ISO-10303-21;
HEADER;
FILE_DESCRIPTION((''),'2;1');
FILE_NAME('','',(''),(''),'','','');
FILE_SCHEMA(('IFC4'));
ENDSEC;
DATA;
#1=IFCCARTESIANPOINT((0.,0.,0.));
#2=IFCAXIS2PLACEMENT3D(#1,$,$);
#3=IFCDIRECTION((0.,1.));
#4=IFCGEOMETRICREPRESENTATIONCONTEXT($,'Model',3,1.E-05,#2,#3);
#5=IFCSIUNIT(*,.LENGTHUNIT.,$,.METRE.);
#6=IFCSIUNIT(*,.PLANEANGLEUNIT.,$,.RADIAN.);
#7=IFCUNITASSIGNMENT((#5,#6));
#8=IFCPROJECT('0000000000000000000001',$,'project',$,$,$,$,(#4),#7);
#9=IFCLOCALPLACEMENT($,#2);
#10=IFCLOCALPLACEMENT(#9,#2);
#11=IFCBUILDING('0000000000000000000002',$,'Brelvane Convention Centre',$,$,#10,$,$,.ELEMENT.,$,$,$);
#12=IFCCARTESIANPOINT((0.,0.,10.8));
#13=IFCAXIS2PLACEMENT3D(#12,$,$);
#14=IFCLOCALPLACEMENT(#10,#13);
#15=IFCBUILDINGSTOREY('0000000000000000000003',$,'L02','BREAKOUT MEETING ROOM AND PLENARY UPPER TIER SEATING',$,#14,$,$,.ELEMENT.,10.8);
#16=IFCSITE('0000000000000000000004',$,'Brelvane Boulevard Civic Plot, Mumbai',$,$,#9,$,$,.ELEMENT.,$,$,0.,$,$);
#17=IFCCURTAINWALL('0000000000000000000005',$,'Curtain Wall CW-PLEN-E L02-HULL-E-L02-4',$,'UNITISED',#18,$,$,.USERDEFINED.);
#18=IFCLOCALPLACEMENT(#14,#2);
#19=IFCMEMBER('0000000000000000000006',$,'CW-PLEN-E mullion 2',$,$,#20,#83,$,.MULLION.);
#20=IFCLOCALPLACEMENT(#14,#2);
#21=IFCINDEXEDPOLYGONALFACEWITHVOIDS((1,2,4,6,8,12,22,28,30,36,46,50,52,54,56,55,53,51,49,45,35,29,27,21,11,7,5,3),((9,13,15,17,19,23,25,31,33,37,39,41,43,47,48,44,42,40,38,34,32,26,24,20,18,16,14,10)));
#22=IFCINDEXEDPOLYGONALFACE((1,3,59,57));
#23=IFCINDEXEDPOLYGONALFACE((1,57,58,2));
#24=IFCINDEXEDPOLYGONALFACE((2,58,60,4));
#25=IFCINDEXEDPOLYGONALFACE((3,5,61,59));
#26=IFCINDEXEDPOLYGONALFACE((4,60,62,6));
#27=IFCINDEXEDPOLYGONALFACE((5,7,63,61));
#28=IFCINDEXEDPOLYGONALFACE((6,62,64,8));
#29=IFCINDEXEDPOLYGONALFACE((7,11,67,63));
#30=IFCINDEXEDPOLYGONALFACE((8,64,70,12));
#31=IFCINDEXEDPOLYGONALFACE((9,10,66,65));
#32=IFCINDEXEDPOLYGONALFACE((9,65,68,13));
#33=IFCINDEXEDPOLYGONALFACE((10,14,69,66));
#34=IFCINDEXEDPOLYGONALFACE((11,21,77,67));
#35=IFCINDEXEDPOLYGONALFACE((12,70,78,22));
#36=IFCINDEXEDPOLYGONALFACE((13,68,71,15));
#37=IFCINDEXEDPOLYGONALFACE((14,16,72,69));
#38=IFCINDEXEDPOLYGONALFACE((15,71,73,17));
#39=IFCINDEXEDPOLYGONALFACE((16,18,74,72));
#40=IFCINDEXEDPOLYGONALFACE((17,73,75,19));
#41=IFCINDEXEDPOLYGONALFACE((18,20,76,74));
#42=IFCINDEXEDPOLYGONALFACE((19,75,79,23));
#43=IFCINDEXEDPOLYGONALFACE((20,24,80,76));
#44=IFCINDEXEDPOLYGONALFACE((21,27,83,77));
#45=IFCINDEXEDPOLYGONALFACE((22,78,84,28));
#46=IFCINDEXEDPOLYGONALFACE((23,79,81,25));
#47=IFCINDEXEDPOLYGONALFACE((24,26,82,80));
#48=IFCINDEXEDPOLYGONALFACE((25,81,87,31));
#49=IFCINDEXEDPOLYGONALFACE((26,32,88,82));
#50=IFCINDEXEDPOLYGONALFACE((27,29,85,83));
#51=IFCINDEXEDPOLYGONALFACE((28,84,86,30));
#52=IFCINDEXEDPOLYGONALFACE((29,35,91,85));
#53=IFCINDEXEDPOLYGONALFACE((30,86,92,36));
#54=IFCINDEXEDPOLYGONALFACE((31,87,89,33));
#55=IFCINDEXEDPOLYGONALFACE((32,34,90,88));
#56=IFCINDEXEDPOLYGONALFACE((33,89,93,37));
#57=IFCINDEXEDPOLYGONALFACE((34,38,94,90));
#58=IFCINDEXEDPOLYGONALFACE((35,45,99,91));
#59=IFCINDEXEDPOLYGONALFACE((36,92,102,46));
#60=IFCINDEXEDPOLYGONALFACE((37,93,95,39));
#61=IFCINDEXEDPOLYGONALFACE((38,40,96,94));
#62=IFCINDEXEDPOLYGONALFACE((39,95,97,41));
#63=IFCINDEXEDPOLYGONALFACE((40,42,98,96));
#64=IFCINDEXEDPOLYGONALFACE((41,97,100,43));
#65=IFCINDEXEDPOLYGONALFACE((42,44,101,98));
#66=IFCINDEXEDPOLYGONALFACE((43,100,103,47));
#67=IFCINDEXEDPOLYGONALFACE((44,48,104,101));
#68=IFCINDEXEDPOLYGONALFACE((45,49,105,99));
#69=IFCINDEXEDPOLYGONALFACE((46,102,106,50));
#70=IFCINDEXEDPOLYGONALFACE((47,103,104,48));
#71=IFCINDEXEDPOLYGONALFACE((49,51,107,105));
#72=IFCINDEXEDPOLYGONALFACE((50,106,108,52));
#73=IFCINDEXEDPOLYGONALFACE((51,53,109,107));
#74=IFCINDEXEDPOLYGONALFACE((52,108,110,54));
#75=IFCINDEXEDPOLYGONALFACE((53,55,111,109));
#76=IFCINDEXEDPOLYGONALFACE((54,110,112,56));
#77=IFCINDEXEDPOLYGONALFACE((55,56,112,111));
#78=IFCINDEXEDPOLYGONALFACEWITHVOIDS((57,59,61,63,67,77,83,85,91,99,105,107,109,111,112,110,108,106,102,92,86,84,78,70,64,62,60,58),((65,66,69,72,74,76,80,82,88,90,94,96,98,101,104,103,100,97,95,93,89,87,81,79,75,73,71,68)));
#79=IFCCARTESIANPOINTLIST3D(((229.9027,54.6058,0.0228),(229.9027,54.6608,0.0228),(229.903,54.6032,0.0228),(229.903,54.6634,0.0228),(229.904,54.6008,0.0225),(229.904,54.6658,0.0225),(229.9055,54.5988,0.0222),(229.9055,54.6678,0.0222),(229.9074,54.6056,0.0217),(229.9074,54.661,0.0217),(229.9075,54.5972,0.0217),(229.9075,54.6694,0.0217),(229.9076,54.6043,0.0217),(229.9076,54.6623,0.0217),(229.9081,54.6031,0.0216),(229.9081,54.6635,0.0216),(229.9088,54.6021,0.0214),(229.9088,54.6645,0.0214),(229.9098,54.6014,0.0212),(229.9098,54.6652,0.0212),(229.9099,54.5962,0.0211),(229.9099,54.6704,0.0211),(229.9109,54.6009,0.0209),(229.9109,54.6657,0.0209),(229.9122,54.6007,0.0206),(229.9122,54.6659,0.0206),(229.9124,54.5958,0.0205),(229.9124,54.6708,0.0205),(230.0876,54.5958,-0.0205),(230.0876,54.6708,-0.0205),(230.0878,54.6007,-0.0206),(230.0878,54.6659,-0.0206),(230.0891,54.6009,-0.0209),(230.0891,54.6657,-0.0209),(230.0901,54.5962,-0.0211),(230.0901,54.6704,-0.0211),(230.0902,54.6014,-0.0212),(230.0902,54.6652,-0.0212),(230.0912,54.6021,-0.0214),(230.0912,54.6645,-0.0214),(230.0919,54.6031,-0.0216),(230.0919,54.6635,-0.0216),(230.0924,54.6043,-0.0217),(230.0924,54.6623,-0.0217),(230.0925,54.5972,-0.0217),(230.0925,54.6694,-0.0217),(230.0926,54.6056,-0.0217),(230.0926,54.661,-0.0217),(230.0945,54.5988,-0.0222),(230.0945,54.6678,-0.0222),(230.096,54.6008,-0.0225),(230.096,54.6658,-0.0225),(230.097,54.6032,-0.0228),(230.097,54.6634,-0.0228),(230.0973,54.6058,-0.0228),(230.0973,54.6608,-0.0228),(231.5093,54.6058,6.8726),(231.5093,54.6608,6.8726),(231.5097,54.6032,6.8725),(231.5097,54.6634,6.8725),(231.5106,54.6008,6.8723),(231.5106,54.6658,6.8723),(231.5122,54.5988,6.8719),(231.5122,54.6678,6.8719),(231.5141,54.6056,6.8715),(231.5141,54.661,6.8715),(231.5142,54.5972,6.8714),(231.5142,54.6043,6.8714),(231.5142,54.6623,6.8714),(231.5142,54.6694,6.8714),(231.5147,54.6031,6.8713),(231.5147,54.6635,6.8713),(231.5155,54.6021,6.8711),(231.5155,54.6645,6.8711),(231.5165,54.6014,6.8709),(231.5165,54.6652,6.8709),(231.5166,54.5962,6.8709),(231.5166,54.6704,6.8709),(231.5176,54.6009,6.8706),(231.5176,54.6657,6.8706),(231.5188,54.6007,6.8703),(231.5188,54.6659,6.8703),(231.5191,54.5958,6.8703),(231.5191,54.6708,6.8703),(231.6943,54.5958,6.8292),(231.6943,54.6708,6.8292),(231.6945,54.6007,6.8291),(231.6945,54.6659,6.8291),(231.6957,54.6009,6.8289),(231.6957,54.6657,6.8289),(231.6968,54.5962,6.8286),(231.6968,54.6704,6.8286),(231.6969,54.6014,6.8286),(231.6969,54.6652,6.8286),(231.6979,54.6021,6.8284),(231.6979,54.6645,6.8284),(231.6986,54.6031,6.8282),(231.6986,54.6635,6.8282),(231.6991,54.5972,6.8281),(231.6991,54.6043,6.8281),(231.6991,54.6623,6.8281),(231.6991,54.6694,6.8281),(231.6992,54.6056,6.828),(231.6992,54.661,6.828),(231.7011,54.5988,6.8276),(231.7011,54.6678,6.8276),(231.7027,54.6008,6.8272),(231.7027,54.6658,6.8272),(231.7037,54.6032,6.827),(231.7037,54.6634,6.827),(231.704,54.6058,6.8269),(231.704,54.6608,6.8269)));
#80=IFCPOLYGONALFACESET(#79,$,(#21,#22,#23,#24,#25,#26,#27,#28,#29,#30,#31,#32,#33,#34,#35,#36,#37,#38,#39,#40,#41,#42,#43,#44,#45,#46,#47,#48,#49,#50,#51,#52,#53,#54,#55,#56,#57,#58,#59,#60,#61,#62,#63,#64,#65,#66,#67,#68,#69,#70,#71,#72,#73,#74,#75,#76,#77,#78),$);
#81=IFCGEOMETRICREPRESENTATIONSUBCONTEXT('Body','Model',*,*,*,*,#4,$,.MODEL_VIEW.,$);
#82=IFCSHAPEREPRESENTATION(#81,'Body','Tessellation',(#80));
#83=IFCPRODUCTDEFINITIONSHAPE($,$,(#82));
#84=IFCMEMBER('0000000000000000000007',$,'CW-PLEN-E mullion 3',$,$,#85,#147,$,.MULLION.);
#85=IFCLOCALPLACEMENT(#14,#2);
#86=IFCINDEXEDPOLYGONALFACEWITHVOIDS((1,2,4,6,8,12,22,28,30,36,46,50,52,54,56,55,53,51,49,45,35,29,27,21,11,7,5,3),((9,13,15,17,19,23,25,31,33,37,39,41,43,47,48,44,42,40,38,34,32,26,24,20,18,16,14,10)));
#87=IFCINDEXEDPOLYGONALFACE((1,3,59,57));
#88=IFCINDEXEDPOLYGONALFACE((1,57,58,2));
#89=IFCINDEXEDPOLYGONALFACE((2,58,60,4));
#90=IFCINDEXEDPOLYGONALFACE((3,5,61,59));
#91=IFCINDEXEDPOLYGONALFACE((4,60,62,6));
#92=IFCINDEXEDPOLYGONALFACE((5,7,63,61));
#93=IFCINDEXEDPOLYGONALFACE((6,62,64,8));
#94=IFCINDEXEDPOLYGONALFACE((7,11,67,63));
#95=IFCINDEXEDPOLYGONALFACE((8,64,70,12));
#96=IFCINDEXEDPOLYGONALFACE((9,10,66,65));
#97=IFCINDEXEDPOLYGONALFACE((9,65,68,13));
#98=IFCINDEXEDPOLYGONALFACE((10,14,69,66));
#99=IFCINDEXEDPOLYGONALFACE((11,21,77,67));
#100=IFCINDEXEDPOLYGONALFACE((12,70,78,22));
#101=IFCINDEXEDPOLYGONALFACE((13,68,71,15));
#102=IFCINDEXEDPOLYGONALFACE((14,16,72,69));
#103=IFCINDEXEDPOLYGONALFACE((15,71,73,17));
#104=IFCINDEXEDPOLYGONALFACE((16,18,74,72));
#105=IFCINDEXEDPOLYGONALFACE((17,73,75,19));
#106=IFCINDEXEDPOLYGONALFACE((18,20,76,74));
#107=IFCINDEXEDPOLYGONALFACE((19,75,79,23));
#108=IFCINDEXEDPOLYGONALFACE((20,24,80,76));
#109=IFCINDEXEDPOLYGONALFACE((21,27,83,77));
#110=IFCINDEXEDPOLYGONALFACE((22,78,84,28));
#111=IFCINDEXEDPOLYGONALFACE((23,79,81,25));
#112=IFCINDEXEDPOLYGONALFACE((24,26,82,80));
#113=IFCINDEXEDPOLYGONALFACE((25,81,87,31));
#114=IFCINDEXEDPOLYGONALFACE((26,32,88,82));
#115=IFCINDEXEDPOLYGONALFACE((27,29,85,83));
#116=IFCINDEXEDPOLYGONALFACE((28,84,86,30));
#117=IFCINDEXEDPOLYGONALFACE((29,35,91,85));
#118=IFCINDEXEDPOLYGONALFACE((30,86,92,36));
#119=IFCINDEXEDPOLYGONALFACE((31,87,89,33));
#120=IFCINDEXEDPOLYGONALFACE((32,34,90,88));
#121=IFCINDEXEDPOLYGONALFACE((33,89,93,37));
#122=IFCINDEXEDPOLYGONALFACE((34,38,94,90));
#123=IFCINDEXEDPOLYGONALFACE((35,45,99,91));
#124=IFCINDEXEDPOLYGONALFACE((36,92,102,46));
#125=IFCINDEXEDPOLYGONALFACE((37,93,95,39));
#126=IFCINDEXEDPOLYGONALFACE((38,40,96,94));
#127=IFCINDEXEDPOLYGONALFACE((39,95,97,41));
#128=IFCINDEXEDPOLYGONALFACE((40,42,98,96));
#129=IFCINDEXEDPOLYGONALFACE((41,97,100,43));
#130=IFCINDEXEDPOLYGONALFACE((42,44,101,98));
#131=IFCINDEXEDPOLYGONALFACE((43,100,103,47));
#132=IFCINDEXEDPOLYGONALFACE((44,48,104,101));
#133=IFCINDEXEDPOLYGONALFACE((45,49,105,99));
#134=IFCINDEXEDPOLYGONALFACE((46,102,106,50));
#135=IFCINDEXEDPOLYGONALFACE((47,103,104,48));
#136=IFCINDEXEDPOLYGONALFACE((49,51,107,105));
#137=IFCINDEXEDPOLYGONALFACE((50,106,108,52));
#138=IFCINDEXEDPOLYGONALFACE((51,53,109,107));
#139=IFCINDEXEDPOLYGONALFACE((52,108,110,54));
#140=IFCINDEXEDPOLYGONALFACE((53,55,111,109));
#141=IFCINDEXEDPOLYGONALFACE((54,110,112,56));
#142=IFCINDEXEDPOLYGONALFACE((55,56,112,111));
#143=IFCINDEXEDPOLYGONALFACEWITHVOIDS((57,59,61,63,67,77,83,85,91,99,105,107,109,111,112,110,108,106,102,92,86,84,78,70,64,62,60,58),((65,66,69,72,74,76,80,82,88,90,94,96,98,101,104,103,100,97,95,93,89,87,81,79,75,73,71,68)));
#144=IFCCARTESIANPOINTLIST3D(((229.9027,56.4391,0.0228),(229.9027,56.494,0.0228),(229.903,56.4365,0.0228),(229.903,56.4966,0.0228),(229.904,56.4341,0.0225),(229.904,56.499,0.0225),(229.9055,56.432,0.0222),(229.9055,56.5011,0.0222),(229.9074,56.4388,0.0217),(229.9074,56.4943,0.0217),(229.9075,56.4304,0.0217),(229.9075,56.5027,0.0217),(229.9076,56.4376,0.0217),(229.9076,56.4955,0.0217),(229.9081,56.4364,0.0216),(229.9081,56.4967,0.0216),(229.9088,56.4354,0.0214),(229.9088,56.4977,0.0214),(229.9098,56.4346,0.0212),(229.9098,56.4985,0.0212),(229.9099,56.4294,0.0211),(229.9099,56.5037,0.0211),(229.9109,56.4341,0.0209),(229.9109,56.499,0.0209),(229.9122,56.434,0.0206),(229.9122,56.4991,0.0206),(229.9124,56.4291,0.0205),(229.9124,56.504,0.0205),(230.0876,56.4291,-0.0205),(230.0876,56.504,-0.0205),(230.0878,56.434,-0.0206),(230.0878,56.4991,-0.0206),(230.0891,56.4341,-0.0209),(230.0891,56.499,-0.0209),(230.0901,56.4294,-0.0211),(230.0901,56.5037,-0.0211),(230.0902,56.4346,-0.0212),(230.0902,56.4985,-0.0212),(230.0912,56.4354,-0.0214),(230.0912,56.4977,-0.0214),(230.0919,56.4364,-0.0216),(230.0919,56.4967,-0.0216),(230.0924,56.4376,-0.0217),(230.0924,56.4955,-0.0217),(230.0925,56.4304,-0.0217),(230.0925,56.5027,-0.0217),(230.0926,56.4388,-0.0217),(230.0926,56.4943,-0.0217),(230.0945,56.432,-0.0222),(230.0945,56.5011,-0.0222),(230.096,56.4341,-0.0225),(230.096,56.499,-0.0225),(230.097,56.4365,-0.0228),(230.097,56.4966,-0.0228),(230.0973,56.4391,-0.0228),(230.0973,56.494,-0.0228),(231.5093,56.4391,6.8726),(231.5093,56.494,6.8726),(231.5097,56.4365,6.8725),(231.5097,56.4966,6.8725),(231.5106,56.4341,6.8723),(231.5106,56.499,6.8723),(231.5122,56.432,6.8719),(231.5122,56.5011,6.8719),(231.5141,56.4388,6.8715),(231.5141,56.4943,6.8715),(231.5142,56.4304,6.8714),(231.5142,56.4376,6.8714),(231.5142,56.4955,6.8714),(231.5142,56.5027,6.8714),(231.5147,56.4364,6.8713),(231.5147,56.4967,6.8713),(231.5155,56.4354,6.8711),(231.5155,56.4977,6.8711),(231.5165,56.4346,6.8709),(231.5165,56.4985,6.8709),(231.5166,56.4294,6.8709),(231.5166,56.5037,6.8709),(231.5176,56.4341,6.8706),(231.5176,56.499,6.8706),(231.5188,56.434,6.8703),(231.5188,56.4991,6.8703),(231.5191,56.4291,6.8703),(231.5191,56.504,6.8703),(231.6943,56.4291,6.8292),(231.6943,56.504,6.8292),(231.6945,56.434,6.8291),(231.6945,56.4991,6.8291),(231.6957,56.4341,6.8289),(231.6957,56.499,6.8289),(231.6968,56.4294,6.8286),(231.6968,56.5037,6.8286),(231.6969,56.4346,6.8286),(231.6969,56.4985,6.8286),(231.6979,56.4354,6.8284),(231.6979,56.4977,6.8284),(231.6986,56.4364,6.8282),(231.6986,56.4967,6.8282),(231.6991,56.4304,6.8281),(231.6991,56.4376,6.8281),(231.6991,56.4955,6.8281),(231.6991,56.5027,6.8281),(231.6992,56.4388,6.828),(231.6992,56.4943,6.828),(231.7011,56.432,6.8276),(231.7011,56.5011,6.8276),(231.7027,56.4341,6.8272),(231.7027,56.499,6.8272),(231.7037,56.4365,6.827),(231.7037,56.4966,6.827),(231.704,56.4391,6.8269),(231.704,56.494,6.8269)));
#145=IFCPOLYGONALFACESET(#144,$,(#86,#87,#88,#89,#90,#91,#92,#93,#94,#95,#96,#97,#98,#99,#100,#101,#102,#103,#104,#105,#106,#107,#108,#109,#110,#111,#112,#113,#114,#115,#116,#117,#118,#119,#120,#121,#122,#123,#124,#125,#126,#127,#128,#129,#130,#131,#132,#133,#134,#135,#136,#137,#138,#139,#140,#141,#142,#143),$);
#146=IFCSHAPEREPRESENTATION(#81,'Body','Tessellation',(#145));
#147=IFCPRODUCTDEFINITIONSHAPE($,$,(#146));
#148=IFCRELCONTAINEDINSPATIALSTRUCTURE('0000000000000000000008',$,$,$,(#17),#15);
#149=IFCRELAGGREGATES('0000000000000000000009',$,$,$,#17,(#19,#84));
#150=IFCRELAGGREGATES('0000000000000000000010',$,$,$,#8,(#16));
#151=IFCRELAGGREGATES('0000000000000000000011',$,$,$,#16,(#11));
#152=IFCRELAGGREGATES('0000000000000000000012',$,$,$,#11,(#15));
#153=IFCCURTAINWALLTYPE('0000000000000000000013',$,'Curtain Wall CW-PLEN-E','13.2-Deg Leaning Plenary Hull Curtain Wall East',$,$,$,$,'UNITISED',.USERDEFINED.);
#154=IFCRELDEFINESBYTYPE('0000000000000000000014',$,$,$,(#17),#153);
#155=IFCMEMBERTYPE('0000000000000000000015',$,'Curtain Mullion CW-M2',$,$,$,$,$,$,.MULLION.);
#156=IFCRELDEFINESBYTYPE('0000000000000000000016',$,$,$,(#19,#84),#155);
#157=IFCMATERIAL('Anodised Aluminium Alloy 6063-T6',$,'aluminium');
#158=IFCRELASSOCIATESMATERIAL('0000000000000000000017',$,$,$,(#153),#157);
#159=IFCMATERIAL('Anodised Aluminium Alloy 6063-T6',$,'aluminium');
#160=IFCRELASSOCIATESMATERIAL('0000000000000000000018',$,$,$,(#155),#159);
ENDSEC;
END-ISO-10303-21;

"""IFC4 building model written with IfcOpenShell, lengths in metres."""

from ifc_helpers import new_model, si_unit, direction, frame, origin, origin_2d, place, context, subcontext, project, spatial, hollow_rectangle, extrude, material, material_profile, profile_set, type_object, element, aggregate, save


model = new_model("IFC4")

# Units and contexts
model_context = context("Model", 3, precision=1e-05, world=origin(), true_north=direction((0.0, 1.0)))
body_context = subcontext(model_context, "Body", "Model", "MODEL_VIEW")
ifc_project = project(units=[si_unit("LENGTHUNIT", "METRE"), si_unit("PLANEANGLEUNIT", "RADIAN")], contexts=[model_context])

# Site, building, storey
site_placement = place(None, origin())
site = spatial("IfcSite", under=ifc_project, at=site_placement, Name="Brelvane Boulevard Civic Plot, Mumbai", CompositionType="ELEMENT", RefElevation=0.0)
building_placement = place(site_placement, origin())
building = spatial("IfcBuilding", under=site, at=building_placement, Name="Brelvane Convention Centre", CompositionType="ELEMENT")
storey_placement = place(building_placement, frame((0.0, 0.0, 10.8)))
storey = spatial("IfcBuildingStorey", under=building, at=storey_placement, Name="L02", Description="BREAKOUT MEETING ROOM AND PLENARY UPPER TIER SEATING", CompositionType="ELEMENT", Elevation=10.8)

# Curtain wall, members
ifc_material_1 = material(Name="Anodised Aluminium Alloy 6063-T6", Category="aluminium")
curtain_wall_type = type_object("IfcCurtainWallType", Name="Curtain Wall CW-PLEN-E", Description="13.2-Deg Leaning Plenary Hull Curtain Wall East", ElementType="UNITISED", PredefinedType="USERDEFINED", material=ifc_material_1)
ifc_material_2 = material(Name="Anodised Aluminium Alloy 6063-T6", Category="aluminium")
ifc_material_profile_1 = material_profile(ifc_material_2, hollow_rectangle(XDim=0.075, YDim=0.2, WallThickness=0.0049, InnerFilletRadius=0.0049, OuterFilletRadius=0.01, at=origin_2d()), Name="ALU-M 200x75x5.0")
ifc_profile_set_1 = profile_set([ifc_material_profile_1], Name="Anodised Aluminium Alloy 6063-T6")
member_type_1 = type_object("IfcMemberType", Name="Curtain Mullion CW-M2", PredefinedType="MULLION", material=ifc_profile_set_1)
curtain_wall_1_placement = place(storey_placement, origin())
curtain_wall_1 = element("IfcCurtainWall", 1, at=curtain_wall_1_placement, inside=storey, type_object=curtain_wall_type, Name="Curtain Wall CW-PLEN-E L02-HULL-E-L02-4", ObjectType="UNITISED", PredefinedType="USERDEFINED")
member_1_placement = place(storey_placement, frame((230.0, 54.6333, 0.0), z_axis=(0.22836, 0.0, 0.973577), x_axis=(0.0, 1.0, 0.0)))
member_1 = element("IfcMember", 2, at=member_1_placement, type_object=member_type_1, Name="CW-PLEN-E mullion 2", PredefinedType="MULLION", context=body_context, shape_type="SweptSolid", body=[
    extrude(hollow_rectangle(XDim=0.075, YDim=0.2, WallThickness=0.0049, InnerFilletRadius=0.0049, OuterFilletRadius=0.01, at=origin_2d()), origin(), (0.0, 0.0, 1.0), 7.0356),
])
member_2_placement = place(storey_placement, frame((230.0, 56.4666, 0.0), z_axis=(0.22836, 0.0, 0.973577), x_axis=(0.0, 1.0, 0.0)))
member_2 = element("IfcMember", 3, at=member_2_placement, type_object=member_type_1, Name="CW-PLEN-E mullion 3", PredefinedType="MULLION", context=body_context, shape_type="SweptSolid", body=[
    extrude(hollow_rectangle(XDim=0.075, YDim=0.2, WallThickness=0.0049, InnerFilletRadius=0.0049, OuterFilletRadius=0.01, at=origin_2d()), origin(), (0.0, 0.0, 1.0), 7.0356),
])

aggregate(curtain_wall_1, [member_1, member_2])

save(model, "model.ifc")
